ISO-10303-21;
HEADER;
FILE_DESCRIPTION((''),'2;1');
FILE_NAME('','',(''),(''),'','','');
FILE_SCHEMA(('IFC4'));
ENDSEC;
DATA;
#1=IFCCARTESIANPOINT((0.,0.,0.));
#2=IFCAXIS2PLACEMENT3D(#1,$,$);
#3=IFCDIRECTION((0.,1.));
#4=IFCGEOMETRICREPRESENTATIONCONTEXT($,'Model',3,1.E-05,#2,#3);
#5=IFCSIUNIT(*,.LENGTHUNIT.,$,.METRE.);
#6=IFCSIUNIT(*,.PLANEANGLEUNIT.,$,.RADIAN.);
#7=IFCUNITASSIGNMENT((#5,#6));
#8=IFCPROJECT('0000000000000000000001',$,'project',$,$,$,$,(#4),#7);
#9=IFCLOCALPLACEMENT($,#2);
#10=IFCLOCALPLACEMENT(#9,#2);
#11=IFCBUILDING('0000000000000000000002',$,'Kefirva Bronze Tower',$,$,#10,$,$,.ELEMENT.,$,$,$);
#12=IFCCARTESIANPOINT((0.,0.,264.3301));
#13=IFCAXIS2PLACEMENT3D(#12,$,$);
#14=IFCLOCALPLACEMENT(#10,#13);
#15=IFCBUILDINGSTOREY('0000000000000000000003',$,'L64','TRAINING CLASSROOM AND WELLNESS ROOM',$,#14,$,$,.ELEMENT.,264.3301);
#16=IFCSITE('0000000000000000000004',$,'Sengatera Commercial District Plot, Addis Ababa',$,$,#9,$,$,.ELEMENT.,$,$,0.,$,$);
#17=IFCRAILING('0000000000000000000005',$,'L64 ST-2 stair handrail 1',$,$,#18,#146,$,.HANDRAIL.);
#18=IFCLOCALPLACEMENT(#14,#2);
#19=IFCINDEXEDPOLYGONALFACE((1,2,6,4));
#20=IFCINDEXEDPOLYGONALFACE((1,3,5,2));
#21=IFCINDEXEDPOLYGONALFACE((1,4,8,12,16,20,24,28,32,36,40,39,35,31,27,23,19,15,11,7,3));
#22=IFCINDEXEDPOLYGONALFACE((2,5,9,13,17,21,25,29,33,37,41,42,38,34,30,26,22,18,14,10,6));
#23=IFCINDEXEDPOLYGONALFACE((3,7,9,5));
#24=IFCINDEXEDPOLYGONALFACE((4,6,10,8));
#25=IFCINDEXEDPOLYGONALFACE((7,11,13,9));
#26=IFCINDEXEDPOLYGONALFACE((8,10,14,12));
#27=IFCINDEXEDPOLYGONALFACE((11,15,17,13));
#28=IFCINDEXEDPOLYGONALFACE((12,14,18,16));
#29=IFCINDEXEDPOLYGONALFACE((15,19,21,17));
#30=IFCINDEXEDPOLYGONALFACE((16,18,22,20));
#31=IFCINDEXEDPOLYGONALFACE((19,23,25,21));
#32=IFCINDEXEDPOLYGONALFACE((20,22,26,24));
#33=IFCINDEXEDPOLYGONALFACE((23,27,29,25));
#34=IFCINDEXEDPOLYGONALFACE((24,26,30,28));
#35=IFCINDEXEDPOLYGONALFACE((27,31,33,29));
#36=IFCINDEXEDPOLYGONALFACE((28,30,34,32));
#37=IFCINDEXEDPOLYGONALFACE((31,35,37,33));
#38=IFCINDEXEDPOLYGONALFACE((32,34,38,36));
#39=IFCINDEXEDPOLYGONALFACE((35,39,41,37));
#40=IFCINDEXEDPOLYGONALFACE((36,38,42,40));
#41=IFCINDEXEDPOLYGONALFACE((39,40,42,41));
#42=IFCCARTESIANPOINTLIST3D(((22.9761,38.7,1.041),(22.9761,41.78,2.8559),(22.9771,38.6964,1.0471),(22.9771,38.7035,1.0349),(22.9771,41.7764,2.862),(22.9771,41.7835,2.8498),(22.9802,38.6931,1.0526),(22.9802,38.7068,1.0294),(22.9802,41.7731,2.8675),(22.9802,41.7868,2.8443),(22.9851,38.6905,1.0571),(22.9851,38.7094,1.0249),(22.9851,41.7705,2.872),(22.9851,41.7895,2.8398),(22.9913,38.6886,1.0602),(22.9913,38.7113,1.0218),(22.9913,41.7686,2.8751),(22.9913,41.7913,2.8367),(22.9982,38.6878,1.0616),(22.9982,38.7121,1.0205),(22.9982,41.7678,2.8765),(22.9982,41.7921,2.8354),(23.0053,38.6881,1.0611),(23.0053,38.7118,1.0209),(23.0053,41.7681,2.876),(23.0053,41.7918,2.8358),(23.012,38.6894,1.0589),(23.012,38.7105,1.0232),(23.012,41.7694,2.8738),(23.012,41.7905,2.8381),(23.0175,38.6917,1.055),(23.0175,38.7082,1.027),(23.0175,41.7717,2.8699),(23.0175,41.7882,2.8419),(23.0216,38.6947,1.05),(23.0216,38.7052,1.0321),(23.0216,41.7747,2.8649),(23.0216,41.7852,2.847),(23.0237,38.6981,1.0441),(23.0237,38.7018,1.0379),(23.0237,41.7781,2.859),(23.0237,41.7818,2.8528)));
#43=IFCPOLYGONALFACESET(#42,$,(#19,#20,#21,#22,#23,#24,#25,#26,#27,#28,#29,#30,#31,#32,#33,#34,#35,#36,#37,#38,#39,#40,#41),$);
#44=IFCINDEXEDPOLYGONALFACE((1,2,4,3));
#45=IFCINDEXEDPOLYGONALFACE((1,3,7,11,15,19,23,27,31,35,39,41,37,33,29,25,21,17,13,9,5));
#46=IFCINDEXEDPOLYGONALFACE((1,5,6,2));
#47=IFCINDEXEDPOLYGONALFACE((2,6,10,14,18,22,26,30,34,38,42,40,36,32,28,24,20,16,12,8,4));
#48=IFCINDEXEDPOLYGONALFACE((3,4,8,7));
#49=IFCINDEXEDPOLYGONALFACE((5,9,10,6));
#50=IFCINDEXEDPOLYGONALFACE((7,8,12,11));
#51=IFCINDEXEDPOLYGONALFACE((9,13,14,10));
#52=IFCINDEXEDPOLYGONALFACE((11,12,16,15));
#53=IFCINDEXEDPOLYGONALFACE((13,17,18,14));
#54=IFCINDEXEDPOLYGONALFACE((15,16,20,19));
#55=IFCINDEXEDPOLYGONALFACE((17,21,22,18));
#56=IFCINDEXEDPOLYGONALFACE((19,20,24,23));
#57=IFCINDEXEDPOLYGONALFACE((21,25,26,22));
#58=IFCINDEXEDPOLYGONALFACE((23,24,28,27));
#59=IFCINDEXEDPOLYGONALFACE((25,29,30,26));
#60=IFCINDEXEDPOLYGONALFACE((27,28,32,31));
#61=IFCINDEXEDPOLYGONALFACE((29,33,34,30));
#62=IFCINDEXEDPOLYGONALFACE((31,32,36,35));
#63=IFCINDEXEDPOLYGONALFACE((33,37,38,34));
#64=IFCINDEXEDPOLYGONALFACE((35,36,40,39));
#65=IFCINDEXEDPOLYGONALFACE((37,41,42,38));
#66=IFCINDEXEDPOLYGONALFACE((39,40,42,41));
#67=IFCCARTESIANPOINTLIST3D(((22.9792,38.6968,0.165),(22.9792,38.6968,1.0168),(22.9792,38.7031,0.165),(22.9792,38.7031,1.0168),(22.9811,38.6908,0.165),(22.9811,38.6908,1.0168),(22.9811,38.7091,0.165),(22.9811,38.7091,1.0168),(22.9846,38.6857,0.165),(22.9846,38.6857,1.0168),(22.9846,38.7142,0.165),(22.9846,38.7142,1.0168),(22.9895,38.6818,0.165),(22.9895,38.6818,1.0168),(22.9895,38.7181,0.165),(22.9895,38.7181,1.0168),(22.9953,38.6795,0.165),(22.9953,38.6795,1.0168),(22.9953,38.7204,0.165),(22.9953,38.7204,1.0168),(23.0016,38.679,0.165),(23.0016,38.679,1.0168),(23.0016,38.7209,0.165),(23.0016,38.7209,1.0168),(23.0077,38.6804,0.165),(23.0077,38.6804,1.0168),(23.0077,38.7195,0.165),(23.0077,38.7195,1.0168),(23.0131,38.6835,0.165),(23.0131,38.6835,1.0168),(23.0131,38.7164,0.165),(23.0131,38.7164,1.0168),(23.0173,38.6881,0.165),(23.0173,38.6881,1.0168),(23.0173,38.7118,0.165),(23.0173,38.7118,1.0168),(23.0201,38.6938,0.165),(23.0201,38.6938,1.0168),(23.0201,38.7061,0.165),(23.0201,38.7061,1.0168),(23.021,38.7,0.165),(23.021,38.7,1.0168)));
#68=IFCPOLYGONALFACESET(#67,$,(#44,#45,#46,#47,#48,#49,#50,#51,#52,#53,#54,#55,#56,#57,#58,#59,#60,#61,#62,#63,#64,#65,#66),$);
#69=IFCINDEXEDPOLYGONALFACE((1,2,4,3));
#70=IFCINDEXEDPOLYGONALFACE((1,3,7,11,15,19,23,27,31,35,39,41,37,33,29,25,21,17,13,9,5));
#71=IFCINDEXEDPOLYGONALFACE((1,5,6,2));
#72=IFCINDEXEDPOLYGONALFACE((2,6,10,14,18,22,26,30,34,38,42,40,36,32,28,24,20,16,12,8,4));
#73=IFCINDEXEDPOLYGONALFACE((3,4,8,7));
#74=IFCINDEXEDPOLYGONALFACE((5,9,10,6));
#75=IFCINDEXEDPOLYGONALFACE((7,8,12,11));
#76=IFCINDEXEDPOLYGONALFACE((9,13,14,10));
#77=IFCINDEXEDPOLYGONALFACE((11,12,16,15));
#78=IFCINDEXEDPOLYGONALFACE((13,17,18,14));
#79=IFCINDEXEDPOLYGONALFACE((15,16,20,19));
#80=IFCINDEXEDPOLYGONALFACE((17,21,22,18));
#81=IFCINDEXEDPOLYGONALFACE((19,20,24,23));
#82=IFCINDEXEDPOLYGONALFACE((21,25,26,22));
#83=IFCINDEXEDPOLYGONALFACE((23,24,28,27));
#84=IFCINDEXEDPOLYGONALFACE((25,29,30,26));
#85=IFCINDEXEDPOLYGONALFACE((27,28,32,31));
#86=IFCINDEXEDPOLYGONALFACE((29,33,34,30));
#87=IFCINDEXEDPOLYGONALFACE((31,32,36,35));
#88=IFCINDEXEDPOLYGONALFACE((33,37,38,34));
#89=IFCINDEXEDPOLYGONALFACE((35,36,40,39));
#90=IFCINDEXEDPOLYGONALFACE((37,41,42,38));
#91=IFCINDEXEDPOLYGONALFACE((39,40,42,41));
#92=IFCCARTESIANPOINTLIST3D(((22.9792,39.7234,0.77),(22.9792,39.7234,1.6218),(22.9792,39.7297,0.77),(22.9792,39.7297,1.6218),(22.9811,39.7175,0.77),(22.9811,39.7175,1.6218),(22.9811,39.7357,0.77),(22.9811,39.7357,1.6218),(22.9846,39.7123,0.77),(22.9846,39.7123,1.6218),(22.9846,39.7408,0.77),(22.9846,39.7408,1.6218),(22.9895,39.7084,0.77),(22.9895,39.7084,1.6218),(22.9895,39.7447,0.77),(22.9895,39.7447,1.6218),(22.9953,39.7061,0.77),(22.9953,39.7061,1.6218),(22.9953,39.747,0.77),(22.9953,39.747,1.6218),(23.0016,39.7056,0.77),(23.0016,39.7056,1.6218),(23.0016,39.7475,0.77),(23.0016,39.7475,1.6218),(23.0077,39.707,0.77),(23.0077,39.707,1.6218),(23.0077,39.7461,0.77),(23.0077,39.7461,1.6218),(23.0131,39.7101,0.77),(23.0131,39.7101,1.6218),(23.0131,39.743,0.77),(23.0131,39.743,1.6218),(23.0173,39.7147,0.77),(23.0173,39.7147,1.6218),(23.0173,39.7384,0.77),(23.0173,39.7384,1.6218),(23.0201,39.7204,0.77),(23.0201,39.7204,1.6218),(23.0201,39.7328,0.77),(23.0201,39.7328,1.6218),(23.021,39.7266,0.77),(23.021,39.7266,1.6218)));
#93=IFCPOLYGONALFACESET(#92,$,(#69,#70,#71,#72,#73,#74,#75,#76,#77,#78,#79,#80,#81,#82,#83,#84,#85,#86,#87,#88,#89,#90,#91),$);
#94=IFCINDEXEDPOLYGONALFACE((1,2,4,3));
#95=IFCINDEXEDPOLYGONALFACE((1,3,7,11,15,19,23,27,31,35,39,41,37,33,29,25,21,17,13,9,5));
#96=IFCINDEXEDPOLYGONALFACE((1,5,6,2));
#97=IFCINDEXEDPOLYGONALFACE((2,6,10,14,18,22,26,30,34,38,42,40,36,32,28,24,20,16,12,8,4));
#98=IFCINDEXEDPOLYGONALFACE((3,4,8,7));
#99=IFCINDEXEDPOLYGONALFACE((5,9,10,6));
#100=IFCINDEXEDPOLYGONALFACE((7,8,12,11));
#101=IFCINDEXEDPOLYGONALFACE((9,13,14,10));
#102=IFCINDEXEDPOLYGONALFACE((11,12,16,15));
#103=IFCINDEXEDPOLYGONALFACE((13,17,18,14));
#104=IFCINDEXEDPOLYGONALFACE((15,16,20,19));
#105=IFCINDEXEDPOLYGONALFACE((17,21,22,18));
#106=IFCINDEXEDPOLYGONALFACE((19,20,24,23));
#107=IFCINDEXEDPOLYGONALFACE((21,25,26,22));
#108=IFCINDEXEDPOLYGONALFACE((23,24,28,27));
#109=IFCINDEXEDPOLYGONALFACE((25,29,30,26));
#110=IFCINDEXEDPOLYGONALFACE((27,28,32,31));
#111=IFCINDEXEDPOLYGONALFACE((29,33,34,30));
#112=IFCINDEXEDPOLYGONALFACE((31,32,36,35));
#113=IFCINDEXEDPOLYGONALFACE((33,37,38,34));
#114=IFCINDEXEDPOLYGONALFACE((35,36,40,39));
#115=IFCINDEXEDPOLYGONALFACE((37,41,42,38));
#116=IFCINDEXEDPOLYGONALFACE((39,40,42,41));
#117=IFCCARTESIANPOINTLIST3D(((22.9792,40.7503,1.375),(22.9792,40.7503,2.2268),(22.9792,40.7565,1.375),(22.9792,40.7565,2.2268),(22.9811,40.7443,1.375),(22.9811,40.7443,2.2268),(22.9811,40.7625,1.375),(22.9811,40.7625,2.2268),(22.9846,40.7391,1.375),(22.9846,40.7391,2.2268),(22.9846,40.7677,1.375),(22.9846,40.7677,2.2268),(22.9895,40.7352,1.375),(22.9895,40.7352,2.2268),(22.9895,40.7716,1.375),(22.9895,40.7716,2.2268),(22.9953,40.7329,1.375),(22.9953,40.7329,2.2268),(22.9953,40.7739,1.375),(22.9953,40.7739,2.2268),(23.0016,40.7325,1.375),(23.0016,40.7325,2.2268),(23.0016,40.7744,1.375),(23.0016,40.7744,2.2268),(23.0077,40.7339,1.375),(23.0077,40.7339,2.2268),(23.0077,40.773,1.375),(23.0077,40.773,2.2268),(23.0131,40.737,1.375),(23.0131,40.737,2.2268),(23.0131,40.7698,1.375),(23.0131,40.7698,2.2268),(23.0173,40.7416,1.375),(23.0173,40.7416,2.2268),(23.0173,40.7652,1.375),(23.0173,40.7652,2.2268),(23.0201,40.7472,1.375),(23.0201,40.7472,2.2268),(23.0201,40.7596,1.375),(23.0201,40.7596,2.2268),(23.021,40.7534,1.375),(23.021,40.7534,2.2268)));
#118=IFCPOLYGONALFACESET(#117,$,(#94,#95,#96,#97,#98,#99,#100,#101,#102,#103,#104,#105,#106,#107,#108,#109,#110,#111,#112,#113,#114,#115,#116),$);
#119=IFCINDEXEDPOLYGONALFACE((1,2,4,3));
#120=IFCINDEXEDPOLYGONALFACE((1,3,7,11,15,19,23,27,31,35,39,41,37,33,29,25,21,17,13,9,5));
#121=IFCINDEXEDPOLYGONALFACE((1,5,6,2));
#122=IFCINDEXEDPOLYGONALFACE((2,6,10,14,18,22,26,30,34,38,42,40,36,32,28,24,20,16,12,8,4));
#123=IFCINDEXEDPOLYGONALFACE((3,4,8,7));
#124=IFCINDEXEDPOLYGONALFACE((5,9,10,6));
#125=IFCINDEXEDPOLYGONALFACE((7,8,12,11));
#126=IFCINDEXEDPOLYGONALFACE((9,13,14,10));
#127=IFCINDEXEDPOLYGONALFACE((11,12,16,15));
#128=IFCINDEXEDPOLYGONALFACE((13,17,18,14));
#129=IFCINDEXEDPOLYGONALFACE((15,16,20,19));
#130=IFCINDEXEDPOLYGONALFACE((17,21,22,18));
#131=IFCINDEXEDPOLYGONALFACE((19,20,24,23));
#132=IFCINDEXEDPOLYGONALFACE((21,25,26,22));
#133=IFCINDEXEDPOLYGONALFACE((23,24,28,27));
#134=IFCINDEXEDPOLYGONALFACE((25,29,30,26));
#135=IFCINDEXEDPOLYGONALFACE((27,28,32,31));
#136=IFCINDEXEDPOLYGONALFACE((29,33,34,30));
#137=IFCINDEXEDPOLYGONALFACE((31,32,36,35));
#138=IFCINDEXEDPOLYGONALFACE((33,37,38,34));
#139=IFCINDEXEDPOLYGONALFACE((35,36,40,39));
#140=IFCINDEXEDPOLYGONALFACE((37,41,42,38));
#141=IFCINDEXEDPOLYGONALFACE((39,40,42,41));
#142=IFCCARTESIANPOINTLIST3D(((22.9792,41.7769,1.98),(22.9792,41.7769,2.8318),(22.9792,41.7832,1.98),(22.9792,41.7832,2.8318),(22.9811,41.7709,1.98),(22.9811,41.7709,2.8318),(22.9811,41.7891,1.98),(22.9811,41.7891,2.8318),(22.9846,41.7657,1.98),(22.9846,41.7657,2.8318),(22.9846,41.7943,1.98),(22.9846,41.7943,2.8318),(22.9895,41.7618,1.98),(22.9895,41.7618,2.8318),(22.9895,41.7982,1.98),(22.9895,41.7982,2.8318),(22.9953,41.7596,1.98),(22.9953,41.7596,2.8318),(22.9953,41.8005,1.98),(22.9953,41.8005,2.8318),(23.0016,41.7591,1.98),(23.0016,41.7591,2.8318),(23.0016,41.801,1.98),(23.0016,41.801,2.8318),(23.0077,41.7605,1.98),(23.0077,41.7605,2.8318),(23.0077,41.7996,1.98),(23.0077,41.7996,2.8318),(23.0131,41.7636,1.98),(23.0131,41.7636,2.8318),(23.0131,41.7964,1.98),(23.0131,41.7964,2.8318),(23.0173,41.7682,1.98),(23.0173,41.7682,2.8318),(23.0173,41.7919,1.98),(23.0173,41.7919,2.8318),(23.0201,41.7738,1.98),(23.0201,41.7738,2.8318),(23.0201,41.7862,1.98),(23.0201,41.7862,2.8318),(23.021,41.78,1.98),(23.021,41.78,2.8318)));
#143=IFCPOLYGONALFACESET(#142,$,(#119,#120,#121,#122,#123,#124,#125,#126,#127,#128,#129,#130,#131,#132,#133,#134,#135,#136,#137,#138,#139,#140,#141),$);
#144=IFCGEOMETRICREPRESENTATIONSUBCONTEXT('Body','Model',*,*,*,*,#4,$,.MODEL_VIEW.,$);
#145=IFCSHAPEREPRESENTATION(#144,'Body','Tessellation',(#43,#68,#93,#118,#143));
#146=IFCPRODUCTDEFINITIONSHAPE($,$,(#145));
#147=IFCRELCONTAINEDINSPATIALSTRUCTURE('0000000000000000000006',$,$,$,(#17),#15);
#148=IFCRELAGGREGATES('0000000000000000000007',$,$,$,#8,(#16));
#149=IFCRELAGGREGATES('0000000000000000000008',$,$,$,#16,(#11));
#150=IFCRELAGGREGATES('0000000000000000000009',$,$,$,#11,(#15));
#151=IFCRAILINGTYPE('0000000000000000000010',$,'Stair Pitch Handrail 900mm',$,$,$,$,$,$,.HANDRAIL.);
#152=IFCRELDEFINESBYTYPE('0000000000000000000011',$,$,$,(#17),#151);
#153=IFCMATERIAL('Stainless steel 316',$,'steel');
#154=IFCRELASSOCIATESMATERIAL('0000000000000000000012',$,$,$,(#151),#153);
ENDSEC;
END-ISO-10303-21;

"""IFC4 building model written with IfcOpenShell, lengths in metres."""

from ifc_helpers import new_model, si_unit, direction, frame, origin, origin_2d, place, context, subcontext, project, spatial, circle, extrude, material, type_object, element, save


model = new_model("IFC4")

# Units and contexts
model_context = context("Model", 3, precision=1e-05, world=origin(), true_north=direction((0.0, 1.0)))
body_context = subcontext(model_context, "Body", "Model", "MODEL_VIEW")
ifc_project = project(units=[si_unit("LENGTHUNIT", "METRE"), si_unit("PLANEANGLEUNIT", "RADIAN")], contexts=[model_context])

# Site, building, storey
site_placement = place(None, origin())
site = spatial("IfcSite", under=ifc_project, at=site_placement, Name="Sengatera Commercial District Plot, Addis Ababa", CompositionType="ELEMENT", RefElevation=0.0)
building_placement = place(site_placement, origin())
building = spatial("IfcBuilding", under=site, at=building_placement, Name="Kefirva Bronze Tower", CompositionType="ELEMENT")
storey_placement = place(building_placement, frame((0.0, 0.0, 264.3301)))
storey = spatial("IfcBuildingStorey", under=building, at=storey_placement, Name="L64", Description="TRAINING CLASSROOM AND WELLNESS ROOM", CompositionType="ELEMENT", Elevation=264.3301)

# Railing
ifc_material_1 = material(Name="Stainless steel 316", Category="steel")
railing_type_1 = type_object("IfcRailingType", Name="Stair Pitch Handrail 900mm", PredefinedType="HANDRAIL", material=ifc_material_1)
railing_1_placement = place(storey_placement, frame((23.0, 38.7, 0.165)))
element("IfcRailing", 1, at=railing_1_placement, inside=storey, type_object=railing_type_1, Name="L64 ST-2 stair handrail 1", PredefinedType="HANDRAIL", context=body_context, shape_type="SweptSolid", body=[
    extrude(circle(Radius=0.0239, at=origin_2d()), frame((0.0, 0.0, 0.876), z_axis=(0.0, 0.861551, 0.507671), x_axis=(-1.0, 0.0, 0.0)), (0.0, 0.0, 1.0), 3.575),
    extrude(circle(Radius=0.021, at=origin_2d()), origin(), (0.0, 0.0, 1.0), 0.8518),
    extrude(circle(Radius=0.021, at=origin_2d()), frame((0.0, 1.0266, 0.605)), (0.0, 0.0, 1.0), 0.8518),
    extrude(circle(Radius=0.021, at=origin_2d()), frame((0.0, 2.0535, 1.21)), (0.0, 0.0, 1.0), 0.8518),
    extrude(circle(Radius=0.021, at=origin_2d()), frame((0.0, 3.0801, 1.8149)), (0.0, 0.0, 1.0), 0.8518),
])

save(model, "model.ifc")
